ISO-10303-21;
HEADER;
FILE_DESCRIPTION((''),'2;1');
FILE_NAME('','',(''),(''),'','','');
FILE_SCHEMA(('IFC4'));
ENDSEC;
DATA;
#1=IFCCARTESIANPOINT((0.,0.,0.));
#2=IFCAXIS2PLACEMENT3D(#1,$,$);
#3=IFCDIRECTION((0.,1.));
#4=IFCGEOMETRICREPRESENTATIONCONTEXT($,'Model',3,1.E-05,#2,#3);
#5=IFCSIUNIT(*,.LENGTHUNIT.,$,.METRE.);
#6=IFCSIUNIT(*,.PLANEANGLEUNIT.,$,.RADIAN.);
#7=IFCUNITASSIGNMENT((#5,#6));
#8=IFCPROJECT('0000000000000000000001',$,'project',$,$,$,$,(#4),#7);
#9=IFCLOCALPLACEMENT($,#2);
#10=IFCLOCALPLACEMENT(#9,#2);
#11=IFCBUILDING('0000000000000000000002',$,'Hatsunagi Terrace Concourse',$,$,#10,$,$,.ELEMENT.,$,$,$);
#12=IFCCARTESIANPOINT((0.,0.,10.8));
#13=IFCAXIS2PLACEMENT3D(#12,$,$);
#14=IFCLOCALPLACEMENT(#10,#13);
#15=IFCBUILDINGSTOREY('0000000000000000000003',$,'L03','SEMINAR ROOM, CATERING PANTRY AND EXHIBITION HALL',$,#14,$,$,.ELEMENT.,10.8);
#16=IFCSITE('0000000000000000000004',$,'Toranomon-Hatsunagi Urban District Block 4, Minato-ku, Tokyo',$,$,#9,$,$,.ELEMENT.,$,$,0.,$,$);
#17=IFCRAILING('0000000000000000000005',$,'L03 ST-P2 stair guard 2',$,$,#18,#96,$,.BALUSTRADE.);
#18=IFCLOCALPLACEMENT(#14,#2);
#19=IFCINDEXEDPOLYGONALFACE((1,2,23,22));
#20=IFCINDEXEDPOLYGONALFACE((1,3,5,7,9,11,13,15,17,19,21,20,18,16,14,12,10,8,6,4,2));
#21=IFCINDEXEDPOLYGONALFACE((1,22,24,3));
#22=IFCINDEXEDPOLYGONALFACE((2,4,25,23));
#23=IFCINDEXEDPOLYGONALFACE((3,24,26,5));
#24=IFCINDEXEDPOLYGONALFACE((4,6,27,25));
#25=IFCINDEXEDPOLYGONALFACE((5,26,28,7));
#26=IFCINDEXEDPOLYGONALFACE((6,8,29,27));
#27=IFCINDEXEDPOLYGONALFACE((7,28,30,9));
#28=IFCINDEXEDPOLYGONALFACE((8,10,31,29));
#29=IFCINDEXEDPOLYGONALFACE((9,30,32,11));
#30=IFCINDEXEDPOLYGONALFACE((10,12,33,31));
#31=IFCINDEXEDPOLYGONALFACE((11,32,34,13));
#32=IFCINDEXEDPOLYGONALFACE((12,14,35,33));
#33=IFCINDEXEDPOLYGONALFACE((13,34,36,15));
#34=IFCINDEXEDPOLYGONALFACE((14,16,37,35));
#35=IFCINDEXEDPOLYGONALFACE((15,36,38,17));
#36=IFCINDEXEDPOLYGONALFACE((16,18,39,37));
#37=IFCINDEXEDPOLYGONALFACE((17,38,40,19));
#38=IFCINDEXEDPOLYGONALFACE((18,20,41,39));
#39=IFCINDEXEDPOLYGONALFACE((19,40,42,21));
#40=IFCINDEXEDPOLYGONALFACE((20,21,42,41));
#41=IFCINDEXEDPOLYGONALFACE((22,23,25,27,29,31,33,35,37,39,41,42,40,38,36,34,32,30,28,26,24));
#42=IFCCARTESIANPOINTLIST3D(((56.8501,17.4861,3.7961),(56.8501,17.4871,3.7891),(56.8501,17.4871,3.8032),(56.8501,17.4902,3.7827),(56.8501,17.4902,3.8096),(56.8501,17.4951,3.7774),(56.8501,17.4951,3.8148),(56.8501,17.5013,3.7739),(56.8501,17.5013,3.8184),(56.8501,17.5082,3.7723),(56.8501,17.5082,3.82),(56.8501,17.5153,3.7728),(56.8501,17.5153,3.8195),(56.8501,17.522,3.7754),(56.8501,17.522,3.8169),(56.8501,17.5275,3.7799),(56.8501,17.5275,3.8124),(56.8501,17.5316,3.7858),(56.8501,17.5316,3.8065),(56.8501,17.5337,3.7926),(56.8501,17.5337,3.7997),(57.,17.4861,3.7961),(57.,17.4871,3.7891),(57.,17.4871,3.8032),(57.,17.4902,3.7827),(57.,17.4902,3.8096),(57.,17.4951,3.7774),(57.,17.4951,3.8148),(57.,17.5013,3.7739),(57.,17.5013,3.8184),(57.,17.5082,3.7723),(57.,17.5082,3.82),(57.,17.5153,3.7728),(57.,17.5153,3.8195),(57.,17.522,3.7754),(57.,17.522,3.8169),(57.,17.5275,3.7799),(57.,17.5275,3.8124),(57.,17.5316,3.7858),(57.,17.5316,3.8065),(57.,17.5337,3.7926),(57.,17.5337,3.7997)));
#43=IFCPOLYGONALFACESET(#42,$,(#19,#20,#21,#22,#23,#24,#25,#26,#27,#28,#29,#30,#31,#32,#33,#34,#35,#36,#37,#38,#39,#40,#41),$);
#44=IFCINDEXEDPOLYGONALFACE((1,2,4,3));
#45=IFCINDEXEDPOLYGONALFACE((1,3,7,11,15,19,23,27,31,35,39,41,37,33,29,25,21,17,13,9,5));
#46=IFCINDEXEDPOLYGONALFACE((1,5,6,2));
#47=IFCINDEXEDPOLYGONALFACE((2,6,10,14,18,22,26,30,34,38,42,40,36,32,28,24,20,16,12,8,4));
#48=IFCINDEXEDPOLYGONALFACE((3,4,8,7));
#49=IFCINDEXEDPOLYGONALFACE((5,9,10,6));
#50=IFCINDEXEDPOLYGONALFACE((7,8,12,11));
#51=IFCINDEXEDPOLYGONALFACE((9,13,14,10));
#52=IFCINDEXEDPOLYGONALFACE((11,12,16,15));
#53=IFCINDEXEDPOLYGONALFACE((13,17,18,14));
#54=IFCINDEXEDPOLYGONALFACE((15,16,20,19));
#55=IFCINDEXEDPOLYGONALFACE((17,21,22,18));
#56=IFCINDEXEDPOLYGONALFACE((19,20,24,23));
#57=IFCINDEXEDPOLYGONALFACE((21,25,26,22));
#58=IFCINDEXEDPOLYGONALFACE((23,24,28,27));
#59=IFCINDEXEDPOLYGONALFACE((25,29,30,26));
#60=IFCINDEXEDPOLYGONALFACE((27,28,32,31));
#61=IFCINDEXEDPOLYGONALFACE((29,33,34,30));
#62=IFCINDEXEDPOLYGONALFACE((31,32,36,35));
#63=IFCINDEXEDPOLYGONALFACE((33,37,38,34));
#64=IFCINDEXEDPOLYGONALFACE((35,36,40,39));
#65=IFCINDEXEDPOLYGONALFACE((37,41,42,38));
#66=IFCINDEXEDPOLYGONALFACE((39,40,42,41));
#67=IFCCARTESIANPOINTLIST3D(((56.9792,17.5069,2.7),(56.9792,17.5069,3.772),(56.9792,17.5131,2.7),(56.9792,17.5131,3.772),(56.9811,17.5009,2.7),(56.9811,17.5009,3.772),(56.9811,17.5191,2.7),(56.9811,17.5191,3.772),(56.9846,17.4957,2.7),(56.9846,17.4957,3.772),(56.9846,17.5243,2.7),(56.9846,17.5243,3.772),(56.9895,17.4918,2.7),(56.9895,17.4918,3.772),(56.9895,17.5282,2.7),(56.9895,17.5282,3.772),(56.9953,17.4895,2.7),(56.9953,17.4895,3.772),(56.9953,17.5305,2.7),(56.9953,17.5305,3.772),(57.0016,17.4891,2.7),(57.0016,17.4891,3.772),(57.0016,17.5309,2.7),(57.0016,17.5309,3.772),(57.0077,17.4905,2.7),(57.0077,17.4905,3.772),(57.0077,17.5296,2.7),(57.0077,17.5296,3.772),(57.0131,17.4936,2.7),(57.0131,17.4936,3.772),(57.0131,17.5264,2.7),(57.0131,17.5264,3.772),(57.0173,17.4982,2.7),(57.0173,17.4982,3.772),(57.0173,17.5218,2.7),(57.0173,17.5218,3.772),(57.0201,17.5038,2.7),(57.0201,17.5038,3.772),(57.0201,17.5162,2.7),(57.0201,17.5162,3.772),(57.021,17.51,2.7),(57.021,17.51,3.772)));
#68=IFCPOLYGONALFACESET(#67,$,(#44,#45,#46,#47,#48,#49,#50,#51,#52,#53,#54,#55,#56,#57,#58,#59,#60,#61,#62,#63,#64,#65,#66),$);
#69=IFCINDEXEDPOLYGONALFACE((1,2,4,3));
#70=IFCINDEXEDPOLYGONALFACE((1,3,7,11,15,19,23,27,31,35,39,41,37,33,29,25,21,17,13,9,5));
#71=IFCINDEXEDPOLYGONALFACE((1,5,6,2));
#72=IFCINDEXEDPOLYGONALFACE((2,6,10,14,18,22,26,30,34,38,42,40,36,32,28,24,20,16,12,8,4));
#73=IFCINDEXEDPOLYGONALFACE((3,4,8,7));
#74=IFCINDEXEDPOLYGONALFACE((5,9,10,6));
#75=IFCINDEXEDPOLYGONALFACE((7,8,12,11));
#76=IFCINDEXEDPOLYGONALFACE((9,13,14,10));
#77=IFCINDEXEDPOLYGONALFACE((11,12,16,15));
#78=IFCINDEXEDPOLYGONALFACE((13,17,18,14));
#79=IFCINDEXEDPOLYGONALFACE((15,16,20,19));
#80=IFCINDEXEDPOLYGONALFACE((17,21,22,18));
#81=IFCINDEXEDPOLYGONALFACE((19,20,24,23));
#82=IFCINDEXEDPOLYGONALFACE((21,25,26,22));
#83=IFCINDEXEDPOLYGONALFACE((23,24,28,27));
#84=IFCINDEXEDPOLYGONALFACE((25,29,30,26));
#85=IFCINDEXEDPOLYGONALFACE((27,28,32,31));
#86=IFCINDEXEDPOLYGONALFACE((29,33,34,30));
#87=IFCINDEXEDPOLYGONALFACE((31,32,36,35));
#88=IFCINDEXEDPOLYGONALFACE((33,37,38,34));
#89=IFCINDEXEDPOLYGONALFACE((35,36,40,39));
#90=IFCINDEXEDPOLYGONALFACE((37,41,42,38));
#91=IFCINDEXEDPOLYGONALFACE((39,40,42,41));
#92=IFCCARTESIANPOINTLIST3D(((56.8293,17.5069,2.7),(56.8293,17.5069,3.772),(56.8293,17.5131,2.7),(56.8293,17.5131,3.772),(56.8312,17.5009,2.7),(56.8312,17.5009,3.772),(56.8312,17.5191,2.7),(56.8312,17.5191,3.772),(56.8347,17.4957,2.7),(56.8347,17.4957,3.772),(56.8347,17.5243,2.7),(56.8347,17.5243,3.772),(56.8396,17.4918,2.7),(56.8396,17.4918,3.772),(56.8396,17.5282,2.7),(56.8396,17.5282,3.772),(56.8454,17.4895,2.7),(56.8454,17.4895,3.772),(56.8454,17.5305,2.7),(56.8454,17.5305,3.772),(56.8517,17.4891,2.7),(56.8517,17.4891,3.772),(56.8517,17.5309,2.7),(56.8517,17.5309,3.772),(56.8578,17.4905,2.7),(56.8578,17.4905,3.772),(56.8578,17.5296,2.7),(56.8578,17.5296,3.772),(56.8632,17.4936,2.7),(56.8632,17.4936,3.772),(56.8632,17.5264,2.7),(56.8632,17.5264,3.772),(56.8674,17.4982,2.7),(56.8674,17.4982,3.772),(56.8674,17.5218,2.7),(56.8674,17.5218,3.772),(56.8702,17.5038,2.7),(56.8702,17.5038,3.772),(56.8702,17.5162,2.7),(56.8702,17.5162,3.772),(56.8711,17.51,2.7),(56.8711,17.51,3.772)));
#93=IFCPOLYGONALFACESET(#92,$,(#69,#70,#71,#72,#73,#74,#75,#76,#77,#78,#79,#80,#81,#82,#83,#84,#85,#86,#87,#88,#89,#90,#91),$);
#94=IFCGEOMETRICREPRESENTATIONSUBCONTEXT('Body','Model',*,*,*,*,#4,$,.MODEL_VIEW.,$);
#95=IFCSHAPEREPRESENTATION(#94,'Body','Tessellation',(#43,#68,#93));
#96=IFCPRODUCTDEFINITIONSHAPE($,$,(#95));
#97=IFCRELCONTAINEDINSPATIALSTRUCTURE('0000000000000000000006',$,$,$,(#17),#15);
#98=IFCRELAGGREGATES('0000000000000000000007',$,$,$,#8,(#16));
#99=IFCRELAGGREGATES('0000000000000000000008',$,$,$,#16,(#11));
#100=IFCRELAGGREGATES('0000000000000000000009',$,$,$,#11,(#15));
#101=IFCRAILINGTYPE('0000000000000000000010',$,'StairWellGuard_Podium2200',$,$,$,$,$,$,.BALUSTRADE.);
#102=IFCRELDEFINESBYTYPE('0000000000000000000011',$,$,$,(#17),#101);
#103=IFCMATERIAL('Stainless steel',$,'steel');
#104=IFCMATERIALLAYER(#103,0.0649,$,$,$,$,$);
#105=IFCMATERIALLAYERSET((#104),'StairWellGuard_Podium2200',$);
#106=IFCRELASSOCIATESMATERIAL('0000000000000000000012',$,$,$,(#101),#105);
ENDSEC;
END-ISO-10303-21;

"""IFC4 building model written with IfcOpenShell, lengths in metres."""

from ifc_helpers import new_model, si_unit, direction, frame, origin, origin_2d, place, context, subcontext, project, spatial, circle, extrude, material, layer, layer_set, type_object, element, save


model = new_model("IFC4")

# Units and contexts
model_context = context("Model", 3, precision=1e-05, world=origin(), true_north=direction((0.0, 1.0)))
body_context = subcontext(model_context, "Body", "Model", "MODEL_VIEW")
ifc_project = project(units=[si_unit("LENGTHUNIT", "METRE"), si_unit("PLANEANGLEUNIT", "RADIAN")], contexts=[model_context])

# Site, building, storey
site_placement = place(None, origin())
site = spatial("IfcSite", under=ifc_project, at=site_placement, Name="Toranomon-Hatsunagi Urban District Block 4, Minato-ku, Tokyo", CompositionType="ELEMENT", RefElevation=0.0)
building_placement = place(site_placement, origin())
building = spatial("IfcBuilding", under=site, at=building_placement, Name="Hatsunagi Terrace Concourse", CompositionType="ELEMENT")
storey_placement = place(building_placement, frame((0.0, 0.0, 10.8)))
storey = spatial("IfcBuildingStorey", under=building, at=storey_placement, Name="L03", Description="SEMINAR ROOM, CATERING PANTRY AND EXHIBITION HALL", CompositionType="ELEMENT", Elevation=10.8)

# Railing
ifc_material_1 = material(Name="Stainless steel", Category="steel")
ifc_layer_1 = layer(ifc_material_1, 0.0649)
ifc_layer_set_1 = layer_set([ifc_layer_1], Name="StairWellGuard_Podium2200")
railing_type_1 = type_object("IfcRailingType", Name="StairWellGuard_Podium2200", PredefinedType="BALUSTRADE", material=ifc_layer_set_1)
railing_1_placement = place(storey_placement, frame((57.0, 17.51, 2.7)))
element("IfcRailing", 1, at=railing_1_placement, inside=storey, type_object=railing_type_1, Name="L03 ST-P2 stair guard 2", PredefinedType="BALUSTRADE", context=body_context, shape_type="SweptSolid", body=[
    extrude(circle(Radius=0.0239, at=origin_2d()), frame((0.0, 0.0, 1.0962), z_axis=(-1.0, 0.0, 0.0), x_axis=(0.0, -1.0, 0.0)), (0.0, 0.0, 1.0), 0.1499),
    extrude(circle(Radius=0.021, at=origin_2d()), origin(), (0.0, 0.0, 1.0), 1.072),
    extrude(circle(Radius=0.021, at=origin_2d()), frame((-0.1499, 0.0, 0.0)), (0.0, 0.0, 1.0), 1.072),
])

save(model, "model.ifc")
